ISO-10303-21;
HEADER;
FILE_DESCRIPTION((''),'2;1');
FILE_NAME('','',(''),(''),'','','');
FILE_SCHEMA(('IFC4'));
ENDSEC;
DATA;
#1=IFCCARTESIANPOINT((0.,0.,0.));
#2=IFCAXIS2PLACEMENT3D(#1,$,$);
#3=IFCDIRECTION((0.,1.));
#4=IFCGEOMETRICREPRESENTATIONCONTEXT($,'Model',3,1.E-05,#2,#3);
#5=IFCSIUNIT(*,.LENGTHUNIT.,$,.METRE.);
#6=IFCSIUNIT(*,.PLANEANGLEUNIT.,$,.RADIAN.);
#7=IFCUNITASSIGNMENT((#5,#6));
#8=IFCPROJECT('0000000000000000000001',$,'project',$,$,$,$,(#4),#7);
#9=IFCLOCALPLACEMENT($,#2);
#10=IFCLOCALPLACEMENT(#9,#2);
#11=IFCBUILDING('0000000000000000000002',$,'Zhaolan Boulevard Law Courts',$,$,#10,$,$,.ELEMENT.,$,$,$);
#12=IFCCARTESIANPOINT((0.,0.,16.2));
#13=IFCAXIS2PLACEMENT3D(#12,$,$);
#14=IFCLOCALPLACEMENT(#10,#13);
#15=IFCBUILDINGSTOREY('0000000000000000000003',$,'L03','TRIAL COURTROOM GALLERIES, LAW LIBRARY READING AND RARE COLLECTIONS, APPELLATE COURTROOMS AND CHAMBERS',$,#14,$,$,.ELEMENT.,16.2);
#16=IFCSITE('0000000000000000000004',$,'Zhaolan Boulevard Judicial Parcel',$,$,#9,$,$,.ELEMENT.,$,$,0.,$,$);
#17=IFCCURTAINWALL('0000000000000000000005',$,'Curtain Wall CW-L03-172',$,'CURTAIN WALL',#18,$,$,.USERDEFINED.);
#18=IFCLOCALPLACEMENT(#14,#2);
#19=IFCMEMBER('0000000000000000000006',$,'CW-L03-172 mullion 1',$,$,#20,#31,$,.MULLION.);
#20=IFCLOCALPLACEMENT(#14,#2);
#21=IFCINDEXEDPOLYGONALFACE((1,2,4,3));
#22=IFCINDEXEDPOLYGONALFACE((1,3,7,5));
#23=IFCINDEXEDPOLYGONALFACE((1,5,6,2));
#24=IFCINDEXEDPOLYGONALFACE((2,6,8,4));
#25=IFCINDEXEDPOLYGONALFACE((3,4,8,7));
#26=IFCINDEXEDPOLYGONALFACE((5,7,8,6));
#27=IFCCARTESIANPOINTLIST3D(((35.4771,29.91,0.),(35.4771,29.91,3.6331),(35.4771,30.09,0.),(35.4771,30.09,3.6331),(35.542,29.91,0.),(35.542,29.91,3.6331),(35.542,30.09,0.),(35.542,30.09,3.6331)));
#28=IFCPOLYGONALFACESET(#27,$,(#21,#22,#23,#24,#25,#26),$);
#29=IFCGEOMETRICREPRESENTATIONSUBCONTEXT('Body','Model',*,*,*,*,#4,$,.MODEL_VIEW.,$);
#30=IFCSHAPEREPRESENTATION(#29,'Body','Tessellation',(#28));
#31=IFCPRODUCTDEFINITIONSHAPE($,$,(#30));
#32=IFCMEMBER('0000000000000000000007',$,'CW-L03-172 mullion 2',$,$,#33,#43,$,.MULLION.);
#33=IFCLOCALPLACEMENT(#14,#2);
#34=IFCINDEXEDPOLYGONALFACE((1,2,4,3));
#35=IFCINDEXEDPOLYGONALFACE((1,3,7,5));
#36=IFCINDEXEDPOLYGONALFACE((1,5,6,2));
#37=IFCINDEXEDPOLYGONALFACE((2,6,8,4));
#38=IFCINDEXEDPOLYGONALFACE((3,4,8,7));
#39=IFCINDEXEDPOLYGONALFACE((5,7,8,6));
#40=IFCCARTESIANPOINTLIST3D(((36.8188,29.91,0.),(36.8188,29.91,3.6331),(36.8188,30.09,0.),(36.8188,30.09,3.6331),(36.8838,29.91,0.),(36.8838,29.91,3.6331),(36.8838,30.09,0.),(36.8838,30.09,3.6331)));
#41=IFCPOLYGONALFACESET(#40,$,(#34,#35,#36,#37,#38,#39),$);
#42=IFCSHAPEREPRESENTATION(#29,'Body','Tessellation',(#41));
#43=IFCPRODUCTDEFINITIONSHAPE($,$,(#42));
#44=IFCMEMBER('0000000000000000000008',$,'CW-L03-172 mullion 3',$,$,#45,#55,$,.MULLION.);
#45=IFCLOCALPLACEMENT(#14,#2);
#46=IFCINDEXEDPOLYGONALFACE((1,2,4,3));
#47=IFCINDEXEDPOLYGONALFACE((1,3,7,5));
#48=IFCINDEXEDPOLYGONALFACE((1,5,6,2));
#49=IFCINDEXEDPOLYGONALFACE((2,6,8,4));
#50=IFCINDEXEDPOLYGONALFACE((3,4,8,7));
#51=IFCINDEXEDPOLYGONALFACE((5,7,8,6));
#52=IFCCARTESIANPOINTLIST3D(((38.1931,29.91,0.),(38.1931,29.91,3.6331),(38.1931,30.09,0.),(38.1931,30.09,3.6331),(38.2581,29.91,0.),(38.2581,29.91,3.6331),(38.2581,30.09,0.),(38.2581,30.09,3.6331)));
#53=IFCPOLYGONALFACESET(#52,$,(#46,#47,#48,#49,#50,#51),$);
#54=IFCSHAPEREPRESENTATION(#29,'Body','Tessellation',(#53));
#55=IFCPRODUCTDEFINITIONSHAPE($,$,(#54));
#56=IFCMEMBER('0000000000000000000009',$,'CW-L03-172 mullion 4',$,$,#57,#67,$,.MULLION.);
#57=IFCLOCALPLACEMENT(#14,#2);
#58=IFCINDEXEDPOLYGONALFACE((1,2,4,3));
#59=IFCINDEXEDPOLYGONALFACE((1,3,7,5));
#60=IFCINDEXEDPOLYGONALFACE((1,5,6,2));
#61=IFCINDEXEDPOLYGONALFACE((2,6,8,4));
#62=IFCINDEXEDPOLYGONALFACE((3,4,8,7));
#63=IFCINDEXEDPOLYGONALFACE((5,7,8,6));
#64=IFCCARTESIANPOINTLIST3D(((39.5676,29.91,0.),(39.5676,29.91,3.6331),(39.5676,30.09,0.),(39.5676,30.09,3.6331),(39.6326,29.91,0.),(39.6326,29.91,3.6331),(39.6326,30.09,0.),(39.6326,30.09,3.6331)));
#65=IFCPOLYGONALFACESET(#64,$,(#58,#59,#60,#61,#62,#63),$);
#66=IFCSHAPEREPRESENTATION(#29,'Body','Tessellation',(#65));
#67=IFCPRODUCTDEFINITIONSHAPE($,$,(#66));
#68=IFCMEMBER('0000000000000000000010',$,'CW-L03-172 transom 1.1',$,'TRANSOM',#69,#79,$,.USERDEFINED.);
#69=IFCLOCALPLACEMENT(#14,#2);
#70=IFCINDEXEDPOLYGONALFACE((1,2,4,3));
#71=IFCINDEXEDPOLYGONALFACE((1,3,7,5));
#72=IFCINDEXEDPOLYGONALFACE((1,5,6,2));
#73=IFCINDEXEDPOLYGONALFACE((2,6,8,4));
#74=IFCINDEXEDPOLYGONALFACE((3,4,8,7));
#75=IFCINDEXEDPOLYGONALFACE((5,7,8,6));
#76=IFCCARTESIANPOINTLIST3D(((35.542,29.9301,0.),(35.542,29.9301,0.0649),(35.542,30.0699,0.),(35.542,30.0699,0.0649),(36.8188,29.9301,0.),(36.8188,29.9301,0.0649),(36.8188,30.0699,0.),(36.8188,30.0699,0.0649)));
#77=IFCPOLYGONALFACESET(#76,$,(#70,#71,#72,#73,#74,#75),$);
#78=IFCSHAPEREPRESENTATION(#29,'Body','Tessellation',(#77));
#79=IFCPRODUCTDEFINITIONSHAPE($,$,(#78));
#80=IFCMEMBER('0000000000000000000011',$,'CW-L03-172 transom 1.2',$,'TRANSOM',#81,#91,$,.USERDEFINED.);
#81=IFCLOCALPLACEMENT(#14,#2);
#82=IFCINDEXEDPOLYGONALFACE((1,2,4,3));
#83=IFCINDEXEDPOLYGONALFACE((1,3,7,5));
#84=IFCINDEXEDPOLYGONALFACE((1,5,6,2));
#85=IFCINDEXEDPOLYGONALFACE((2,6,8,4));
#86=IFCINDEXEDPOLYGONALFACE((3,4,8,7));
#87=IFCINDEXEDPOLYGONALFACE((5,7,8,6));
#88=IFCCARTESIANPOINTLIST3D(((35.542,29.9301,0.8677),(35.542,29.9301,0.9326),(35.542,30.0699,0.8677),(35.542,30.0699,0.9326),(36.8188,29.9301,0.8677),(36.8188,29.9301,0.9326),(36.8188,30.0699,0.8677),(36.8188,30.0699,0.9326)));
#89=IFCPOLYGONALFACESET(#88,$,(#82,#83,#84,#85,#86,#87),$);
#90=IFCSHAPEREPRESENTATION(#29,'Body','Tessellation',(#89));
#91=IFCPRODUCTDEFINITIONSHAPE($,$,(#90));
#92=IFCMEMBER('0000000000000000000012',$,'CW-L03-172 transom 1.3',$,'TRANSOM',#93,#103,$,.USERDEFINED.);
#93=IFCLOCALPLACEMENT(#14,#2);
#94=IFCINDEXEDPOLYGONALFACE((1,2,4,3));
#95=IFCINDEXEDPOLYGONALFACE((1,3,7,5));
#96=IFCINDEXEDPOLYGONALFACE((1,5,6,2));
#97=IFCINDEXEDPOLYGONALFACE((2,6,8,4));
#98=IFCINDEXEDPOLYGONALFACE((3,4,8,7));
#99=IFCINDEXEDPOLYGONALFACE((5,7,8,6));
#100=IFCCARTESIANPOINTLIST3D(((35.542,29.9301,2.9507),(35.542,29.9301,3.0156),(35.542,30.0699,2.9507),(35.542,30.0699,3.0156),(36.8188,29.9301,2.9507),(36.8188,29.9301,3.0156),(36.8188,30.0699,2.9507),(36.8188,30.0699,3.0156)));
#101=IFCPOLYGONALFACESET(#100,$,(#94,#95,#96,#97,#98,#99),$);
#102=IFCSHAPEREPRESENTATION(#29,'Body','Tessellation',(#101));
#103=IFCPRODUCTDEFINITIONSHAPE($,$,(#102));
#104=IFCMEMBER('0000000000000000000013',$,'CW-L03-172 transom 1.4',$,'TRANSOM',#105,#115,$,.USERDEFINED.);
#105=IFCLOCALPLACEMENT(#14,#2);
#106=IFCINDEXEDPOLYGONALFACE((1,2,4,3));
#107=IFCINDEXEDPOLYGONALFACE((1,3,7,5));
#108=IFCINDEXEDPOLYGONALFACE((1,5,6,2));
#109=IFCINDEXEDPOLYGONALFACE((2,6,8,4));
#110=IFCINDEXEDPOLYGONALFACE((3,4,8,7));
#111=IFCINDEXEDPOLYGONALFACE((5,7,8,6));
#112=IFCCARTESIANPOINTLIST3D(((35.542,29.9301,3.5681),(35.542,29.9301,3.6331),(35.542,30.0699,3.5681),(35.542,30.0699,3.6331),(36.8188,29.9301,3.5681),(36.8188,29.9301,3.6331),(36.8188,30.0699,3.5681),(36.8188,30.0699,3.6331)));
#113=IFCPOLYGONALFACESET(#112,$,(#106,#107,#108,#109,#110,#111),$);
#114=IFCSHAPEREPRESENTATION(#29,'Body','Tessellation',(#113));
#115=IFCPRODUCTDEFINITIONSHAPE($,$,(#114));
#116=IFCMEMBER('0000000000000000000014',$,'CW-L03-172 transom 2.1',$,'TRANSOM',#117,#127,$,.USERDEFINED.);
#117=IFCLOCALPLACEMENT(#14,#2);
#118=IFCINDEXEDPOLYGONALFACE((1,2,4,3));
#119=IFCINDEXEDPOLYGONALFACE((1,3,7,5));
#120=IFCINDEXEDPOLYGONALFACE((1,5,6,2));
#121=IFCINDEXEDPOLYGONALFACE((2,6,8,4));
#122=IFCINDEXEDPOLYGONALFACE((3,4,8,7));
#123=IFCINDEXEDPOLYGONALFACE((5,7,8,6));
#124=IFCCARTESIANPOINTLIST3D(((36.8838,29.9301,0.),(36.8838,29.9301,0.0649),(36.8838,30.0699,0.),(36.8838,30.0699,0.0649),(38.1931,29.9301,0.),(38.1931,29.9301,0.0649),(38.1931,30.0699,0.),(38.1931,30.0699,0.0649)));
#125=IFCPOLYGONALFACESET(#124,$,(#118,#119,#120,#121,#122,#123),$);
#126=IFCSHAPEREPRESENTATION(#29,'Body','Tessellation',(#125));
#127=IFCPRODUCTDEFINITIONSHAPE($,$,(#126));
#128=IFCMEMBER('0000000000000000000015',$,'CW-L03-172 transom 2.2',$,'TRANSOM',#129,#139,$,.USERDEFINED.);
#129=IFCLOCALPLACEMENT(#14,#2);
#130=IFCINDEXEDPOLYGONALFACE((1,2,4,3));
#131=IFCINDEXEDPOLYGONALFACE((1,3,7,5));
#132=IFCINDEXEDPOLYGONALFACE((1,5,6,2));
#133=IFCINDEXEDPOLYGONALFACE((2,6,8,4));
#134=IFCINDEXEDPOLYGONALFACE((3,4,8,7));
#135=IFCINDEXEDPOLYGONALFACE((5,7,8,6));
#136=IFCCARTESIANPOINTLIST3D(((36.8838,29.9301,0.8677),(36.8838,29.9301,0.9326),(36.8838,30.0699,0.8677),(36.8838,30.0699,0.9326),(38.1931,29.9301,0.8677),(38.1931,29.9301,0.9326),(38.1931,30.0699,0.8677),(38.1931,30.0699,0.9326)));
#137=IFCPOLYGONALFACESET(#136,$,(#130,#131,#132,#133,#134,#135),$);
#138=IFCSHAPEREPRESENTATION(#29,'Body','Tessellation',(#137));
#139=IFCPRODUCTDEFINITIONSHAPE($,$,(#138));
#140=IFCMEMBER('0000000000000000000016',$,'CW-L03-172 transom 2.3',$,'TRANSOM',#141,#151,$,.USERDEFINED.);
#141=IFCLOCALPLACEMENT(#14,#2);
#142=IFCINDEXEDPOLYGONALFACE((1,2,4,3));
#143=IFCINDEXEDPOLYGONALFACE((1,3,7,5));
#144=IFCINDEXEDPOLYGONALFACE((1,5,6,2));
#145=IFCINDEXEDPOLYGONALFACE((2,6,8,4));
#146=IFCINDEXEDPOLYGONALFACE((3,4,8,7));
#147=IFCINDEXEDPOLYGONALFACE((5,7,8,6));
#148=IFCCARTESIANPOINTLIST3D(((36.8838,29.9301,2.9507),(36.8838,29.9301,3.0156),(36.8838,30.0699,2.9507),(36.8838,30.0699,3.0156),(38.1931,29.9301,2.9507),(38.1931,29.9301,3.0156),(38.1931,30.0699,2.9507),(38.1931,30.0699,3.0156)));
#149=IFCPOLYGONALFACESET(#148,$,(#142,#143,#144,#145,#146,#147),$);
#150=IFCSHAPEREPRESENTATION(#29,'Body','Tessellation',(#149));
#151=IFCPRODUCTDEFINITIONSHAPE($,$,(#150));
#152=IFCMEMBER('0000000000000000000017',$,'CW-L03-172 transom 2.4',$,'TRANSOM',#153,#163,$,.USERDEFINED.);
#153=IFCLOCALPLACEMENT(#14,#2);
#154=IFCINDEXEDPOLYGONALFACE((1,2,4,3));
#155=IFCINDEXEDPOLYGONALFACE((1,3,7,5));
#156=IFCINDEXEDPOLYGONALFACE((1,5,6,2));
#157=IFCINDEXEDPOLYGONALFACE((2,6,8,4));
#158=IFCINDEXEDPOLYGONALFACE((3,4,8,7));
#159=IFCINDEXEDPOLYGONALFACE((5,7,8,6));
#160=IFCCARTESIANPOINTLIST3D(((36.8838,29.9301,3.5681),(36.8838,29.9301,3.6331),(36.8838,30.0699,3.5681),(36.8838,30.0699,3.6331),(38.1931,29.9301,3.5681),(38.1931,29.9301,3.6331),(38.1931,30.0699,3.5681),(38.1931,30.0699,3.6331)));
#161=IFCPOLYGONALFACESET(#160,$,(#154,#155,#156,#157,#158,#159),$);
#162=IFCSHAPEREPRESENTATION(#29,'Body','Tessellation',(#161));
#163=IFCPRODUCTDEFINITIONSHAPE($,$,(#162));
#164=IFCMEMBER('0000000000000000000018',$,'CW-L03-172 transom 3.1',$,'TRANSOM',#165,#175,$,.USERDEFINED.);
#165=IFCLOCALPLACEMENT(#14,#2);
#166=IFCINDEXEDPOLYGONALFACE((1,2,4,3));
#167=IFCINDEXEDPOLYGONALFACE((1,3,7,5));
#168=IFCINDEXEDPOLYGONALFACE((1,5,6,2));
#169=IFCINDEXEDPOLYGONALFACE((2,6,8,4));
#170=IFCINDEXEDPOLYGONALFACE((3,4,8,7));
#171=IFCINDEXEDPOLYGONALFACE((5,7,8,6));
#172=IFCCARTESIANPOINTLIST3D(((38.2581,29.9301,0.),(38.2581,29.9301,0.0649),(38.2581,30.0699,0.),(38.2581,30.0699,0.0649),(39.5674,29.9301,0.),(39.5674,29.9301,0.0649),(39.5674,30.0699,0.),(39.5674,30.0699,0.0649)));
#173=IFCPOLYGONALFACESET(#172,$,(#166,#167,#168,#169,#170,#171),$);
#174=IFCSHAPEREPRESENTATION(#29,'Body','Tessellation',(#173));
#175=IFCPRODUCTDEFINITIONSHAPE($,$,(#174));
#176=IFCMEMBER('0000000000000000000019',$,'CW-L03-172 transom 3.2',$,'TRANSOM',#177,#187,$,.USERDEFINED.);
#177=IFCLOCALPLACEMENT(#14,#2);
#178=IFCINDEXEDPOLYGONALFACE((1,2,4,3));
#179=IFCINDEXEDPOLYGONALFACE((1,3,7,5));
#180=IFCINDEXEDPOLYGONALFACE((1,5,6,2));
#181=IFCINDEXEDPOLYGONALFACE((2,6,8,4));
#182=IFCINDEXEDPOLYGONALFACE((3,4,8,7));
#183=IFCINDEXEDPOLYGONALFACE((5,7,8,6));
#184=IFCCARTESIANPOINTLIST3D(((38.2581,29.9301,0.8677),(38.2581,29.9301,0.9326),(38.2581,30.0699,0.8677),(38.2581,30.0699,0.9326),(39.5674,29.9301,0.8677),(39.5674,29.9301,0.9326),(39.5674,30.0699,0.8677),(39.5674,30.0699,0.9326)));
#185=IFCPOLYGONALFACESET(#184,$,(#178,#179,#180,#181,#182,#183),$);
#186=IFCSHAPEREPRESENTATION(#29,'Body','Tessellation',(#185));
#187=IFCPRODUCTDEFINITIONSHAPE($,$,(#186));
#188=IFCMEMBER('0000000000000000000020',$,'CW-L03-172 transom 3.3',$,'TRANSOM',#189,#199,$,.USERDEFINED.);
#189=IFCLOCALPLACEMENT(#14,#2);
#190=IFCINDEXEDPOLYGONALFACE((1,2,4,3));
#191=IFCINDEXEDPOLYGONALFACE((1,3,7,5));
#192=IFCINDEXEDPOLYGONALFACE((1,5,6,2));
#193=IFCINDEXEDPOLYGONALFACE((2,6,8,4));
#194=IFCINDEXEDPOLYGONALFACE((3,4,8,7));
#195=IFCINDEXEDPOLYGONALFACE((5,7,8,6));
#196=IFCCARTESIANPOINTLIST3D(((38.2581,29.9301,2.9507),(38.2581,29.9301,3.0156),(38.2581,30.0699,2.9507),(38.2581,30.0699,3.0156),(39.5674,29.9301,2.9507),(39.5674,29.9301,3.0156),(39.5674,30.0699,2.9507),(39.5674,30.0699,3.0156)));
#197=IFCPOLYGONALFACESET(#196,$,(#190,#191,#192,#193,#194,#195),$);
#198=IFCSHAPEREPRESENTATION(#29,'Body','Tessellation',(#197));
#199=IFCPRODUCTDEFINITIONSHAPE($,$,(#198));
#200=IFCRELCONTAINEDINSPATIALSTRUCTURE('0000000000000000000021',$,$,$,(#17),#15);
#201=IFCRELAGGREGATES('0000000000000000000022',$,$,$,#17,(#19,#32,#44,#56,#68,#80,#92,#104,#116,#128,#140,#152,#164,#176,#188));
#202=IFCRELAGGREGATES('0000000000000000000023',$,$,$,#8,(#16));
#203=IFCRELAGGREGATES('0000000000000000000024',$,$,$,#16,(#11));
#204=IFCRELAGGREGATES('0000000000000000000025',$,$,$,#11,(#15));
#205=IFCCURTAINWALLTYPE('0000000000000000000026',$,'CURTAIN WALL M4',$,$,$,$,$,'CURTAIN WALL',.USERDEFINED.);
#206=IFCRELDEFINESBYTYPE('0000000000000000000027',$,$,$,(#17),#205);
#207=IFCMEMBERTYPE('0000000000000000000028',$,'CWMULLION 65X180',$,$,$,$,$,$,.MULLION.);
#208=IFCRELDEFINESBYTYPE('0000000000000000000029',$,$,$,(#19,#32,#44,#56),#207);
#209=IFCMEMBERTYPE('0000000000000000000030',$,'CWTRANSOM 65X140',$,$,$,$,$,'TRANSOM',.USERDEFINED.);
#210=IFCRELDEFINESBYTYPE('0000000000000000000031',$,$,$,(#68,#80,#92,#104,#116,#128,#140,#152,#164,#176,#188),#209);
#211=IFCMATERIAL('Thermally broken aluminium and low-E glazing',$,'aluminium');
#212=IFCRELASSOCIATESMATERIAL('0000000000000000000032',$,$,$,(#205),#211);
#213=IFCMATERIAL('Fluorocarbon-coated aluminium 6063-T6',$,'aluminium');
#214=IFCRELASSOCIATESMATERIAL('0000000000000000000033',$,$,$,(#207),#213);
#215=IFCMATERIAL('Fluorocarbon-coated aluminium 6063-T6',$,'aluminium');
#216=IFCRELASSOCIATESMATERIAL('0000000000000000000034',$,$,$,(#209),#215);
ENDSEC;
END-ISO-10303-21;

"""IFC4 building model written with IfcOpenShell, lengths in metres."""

from ifc_helpers import new_model, si_unit, direction, frame, origin, origin_2d, place, context, subcontext, project, spatial, rectangle, extrude, material, material_profile, profile_set, type_object, element, aggregate, save


model = new_model("IFC4")

# Units and contexts
model_context = context("Model", 3, precision=1e-05, world=origin(), true_north=direction((0.0, 1.0)))
body_context = subcontext(model_context, "Body", "Model", "MODEL_VIEW")
ifc_project = project(units=[si_unit("LENGTHUNIT", "METRE"), si_unit("PLANEANGLEUNIT", "RADIAN")], contexts=[model_context])

# Site, building, storey
site_placement = place(None, origin())
site = spatial("IfcSite", under=ifc_project, at=site_placement, Name="Zhaolan Boulevard Judicial Parcel", CompositionType="ELEMENT", RefElevation=0.0)
building_placement = place(site_placement, origin())
building = spatial("IfcBuilding", under=site, at=building_placement, Name="Zhaolan Boulevard Law Courts", CompositionType="ELEMENT")
storey_placement = place(building_placement, frame((0.0, 0.0, 16.2)))
storey = spatial("IfcBuildingStorey", under=building, at=storey_placement, Name="L03", Description="TRIAL COURTROOM GALLERIES, LAW LIBRARY READING AND RARE COLLECTIONS, APPELLATE COURTROOMS AND CHAMBERS", CompositionType="ELEMENT", Elevation=16.2)

# Curtain wall, members
ifc_material_1 = material(Name="Thermally broken aluminium and low-E glazing", Category="aluminium")
curtain_wall_type = type_object("IfcCurtainWallType", Name="CURTAIN WALL M4", ElementType="CURTAIN WALL", PredefinedType="USERDEFINED", material=ifc_material_1)
curtain_wall_placement = place(storey_placement, origin())
curtain_wall = element("IfcCurtainWall", 1, at=curtain_wall_placement, inside=storey, type_object=curtain_wall_type, Name="Curtain Wall CW-L03-172", ObjectType="CURTAIN WALL", PredefinedType="USERDEFINED")
ifc_material_2 = material(Name="Fluorocarbon-coated aluminium 6063-T6", Category="aluminium")
ifc_material_profile_1 = material_profile(ifc_material_2, rectangle(XDim=0.1799, YDim=0.0649, at=origin_2d()), Name="AL65x180")
ifc_profile_set_1 = profile_set([ifc_material_profile_1], Name="Fluorocarbon-coated aluminium 6063-T6")
member_type_1 = type_object("IfcMemberType", Name="CWMULLION 65X180", PredefinedType="MULLION", material=ifc_profile_set_1)
member_1_placement = place(storey_placement, frame((35.5095, 30.0, 0.0), z_axis=(0.0, 0.0, 1.0), x_axis=(0.0, 1.0, 0.0)))
member_1 = element("IfcMember", 2, at=member_1_placement, type_object=member_type_1, Name="CW-L03-172 mullion 1", PredefinedType="MULLION", context=body_context, shape_type="SweptSolid", body=[
    extrude(rectangle(XDim=0.1799, YDim=0.0649, at=origin_2d()), origin(), (0.0, 0.0, 1.0), 3.6331),
])
member_2_placement = place(storey_placement, frame((36.8513, 30.0, 0.0), z_axis=(0.0, 0.0, 1.0), x_axis=(0.0, 1.0, 0.0)))
member_2 = element("IfcMember", 3, at=member_2_placement, type_object=member_type_1, Name="CW-L03-172 mullion 2", PredefinedType="MULLION", context=body_context, shape_type="SweptSolid", body=[
    extrude(rectangle(XDim=0.1799, YDim=0.0649, at=origin_2d()), origin(), (0.0, 0.0, 1.0), 3.6331),
])
member_3_placement = place(storey_placement, frame((38.2256, 30.0, 0.0), z_axis=(0.0, 0.0, 1.0), x_axis=(0.0, 1.0, 0.0)))
member_3 = element("IfcMember", 4, at=member_3_placement, type_object=member_type_1, Name="CW-L03-172 mullion 3", PredefinedType="MULLION", context=body_context, shape_type="SweptSolid", body=[
    extrude(rectangle(XDim=0.1799, YDim=0.0649, at=origin_2d()), origin(), (0.0, 0.0, 1.0), 3.6331),
])
member_4_placement = place(storey_placement, frame((39.6001, 30.0, 0.0), z_axis=(0.0, 0.0, 1.0), x_axis=(0.0, 1.0, 0.0)))
member_4 = element("IfcMember", 5, at=member_4_placement, type_object=member_type_1, Name="CW-L03-172 mullion 4", PredefinedType="MULLION", context=body_context, shape_type="SweptSolid", body=[
    extrude(rectangle(XDim=0.1799, YDim=0.0649, at=origin_2d()), origin(), (0.0, 0.0, 1.0), 3.6331),
])
ifc_material_3 = material(Name="Fluorocarbon-coated aluminium 6063-T6", Category="aluminium")
ifc_material_profile_2 = material_profile(ifc_material_3, rectangle(XDim=0.1399, YDim=0.0649, at=origin_2d()), Name="AL65x140")
ifc_profile_set_2 = profile_set([ifc_material_profile_2], Name="Fluorocarbon-coated aluminium 6063-T6")
member_type_2 = type_object("IfcMemberType", Name="CWTRANSOM 65X140", ElementType="TRANSOM", PredefinedType="USERDEFINED", material=ifc_profile_set_2)
member_5_placement = place(storey_placement, frame((35.542, 30.0, 0.0325), z_axis=(1.0, 0.0, 0.0), x_axis=(0.0, 1.0, 0.0)))
member_5 = element("IfcMember", 6, at=member_5_placement, type_object=member_type_2, Name="CW-L03-172 transom 1.1", ObjectType="TRANSOM", PredefinedType="USERDEFINED", context=body_context, shape_type="SweptSolid", body=[
    extrude(rectangle(XDim=0.1399, YDim=0.0649, at=origin_2d()), origin(), (0.0, 0.0, 1.0), 1.2769),
])
member_6_placement = place(storey_placement, frame((35.542, 30.0, 0.9001), z_axis=(1.0, 0.0, 0.0), x_axis=(0.0, 1.0, 0.0)))
member_6 = element("IfcMember", 7, at=member_6_placement, type_object=member_type_2, Name="CW-L03-172 transom 1.2", ObjectType="TRANSOM", PredefinedType="USERDEFINED", context=body_context, shape_type="SweptSolid", body=[
    extrude(rectangle(XDim=0.1399, YDim=0.0649, at=origin_2d()), origin(), (0.0, 0.0, 1.0), 1.2769),
])
member_7_placement = place(storey_placement, frame((35.542, 30.0, 2.9832), z_axis=(1.0, 0.0, 0.0), x_axis=(0.0, 1.0, 0.0)))
member_7 = element("IfcMember", 8, at=member_7_placement, type_object=member_type_2, Name="CW-L03-172 transom 1.3", ObjectType="TRANSOM", PredefinedType="USERDEFINED", context=body_context, shape_type="SweptSolid", body=[
    extrude(rectangle(XDim=0.1399, YDim=0.0649, at=origin_2d()), origin(), (0.0, 0.0, 1.0), 1.2769),
])
member_8_placement = place(storey_placement, frame((35.542, 30.0, 3.6006), z_axis=(1.0, 0.0, 0.0), x_axis=(0.0, 1.0, 0.0)))
member_8 = element("IfcMember", 9, at=member_8_placement, type_object=member_type_2, Name="CW-L03-172 transom 1.4", ObjectType="TRANSOM", PredefinedType="USERDEFINED", context=body_context, shape_type="SweptSolid", body=[
    extrude(rectangle(XDim=0.1399, YDim=0.0649, at=origin_2d()), origin(), (0.0, 0.0, 1.0), 1.2769),
])
member_9_placement = place(storey_placement, frame((36.8838, 30.0, 0.0325), z_axis=(1.0, 0.0, 0.0), x_axis=(0.0, 1.0, 0.0)))
member_9 = element("IfcMember", 10, at=member_9_placement, type_object=member_type_2, Name="CW-L03-172 transom 2.1", ObjectType="TRANSOM", PredefinedType="USERDEFINED", context=body_context, shape_type="SweptSolid", body=[
    extrude(rectangle(XDim=0.1399, YDim=0.0649, at=origin_2d()), origin(), (0.0, 0.0, 1.0), 1.3093),
])
member_10_placement = place(storey_placement, frame((36.8838, 30.0, 0.9001), z_axis=(1.0, 0.0, 0.0), x_axis=(0.0, 1.0, 0.0)))
member_10 = element("IfcMember", 11, at=member_10_placement, type_object=member_type_2, Name="CW-L03-172 transom 2.2", ObjectType="TRANSOM", PredefinedType="USERDEFINED", context=body_context, shape_type="SweptSolid", body=[
    extrude(rectangle(XDim=0.1399, YDim=0.0649, at=origin_2d()), origin(), (0.0, 0.0, 1.0), 1.3093),
])
member_11_placement = place(storey_placement, frame((36.8838, 30.0, 2.9832), z_axis=(1.0, 0.0, 0.0), x_axis=(0.0, 1.0, 0.0)))
member_11 = element("IfcMember", 12, at=member_11_placement, type_object=member_type_2, Name="CW-L03-172 transom 2.3", ObjectType="TRANSOM", PredefinedType="USERDEFINED", context=body_context, shape_type="SweptSolid", body=[
    extrude(rectangle(XDim=0.1399, YDim=0.0649, at=origin_2d()), origin(), (0.0, 0.0, 1.0), 1.3093),
])
member_12_placement = place(storey_placement, frame((36.8838, 30.0, 3.6006), z_axis=(1.0, 0.0, 0.0), x_axis=(0.0, 1.0, 0.0)))
member_12 = element("IfcMember", 13, at=member_12_placement, type_object=member_type_2, Name="CW-L03-172 transom 2.4", ObjectType="TRANSOM", PredefinedType="USERDEFINED", context=body_context, shape_type="SweptSolid", body=[
    extrude(rectangle(XDim=0.1399, YDim=0.0649, at=origin_2d()), origin(), (0.0, 0.0, 1.0), 1.3093),
])
member_13_placement = place(storey_placement, frame((38.2581, 30.0, 0.0325), z_axis=(1.0, 0.0, 0.0), x_axis=(0.0, 1.0, 0.0)))
member_13 = element("IfcMember", 14, at=member_13_placement, type_object=member_type_2, Name="CW-L03-172 transom 3.1", ObjectType="TRANSOM", PredefinedType="USERDEFINED", context=body_context, shape_type="SweptSolid", body=[
    extrude(rectangle(XDim=0.1399, YDim=0.0649, at=origin_2d()), origin(), (0.0, 0.0, 1.0), 1.3093),
])
member_14_placement = place(storey_placement, frame((38.2581, 30.0, 0.9001), z_axis=(1.0, 0.0, 0.0), x_axis=(0.0, 1.0, 0.0)))
member_14 = element("IfcMember", 15, at=member_14_placement, type_object=member_type_2, Name="CW-L03-172 transom 3.2", ObjectType="TRANSOM", PredefinedType="USERDEFINED", context=body_context, shape_type="SweptSolid", body=[
    extrude(rectangle(XDim=0.1399, YDim=0.0649, at=origin_2d()), origin(), (0.0, 0.0, 1.0), 1.3093),
])
member_15_placement = place(storey_placement, frame((38.2581, 30.0, 2.9832), z_axis=(1.0, 0.0, 0.0), x_axis=(0.0, 1.0, 0.0)))
member_15 = element("IfcMember", 16, at=member_15_placement, type_object=member_type_2, Name="CW-L03-172 transom 3.3", ObjectType="TRANSOM", PredefinedType="USERDEFINED", context=body_context, shape_type="SweptSolid", body=[
    extrude(rectangle(XDim=0.1399, YDim=0.0649, at=origin_2d()), origin(), (0.0, 0.0, 1.0), 1.3093),
])

aggregate(curtain_wall, [member_1, member_2, member_3, member_4, member_5, member_6, member_7, member_8, member_9, member_10, member_11, member_12, member_13, member_14, member_15])

save(model, "model.ifc")
